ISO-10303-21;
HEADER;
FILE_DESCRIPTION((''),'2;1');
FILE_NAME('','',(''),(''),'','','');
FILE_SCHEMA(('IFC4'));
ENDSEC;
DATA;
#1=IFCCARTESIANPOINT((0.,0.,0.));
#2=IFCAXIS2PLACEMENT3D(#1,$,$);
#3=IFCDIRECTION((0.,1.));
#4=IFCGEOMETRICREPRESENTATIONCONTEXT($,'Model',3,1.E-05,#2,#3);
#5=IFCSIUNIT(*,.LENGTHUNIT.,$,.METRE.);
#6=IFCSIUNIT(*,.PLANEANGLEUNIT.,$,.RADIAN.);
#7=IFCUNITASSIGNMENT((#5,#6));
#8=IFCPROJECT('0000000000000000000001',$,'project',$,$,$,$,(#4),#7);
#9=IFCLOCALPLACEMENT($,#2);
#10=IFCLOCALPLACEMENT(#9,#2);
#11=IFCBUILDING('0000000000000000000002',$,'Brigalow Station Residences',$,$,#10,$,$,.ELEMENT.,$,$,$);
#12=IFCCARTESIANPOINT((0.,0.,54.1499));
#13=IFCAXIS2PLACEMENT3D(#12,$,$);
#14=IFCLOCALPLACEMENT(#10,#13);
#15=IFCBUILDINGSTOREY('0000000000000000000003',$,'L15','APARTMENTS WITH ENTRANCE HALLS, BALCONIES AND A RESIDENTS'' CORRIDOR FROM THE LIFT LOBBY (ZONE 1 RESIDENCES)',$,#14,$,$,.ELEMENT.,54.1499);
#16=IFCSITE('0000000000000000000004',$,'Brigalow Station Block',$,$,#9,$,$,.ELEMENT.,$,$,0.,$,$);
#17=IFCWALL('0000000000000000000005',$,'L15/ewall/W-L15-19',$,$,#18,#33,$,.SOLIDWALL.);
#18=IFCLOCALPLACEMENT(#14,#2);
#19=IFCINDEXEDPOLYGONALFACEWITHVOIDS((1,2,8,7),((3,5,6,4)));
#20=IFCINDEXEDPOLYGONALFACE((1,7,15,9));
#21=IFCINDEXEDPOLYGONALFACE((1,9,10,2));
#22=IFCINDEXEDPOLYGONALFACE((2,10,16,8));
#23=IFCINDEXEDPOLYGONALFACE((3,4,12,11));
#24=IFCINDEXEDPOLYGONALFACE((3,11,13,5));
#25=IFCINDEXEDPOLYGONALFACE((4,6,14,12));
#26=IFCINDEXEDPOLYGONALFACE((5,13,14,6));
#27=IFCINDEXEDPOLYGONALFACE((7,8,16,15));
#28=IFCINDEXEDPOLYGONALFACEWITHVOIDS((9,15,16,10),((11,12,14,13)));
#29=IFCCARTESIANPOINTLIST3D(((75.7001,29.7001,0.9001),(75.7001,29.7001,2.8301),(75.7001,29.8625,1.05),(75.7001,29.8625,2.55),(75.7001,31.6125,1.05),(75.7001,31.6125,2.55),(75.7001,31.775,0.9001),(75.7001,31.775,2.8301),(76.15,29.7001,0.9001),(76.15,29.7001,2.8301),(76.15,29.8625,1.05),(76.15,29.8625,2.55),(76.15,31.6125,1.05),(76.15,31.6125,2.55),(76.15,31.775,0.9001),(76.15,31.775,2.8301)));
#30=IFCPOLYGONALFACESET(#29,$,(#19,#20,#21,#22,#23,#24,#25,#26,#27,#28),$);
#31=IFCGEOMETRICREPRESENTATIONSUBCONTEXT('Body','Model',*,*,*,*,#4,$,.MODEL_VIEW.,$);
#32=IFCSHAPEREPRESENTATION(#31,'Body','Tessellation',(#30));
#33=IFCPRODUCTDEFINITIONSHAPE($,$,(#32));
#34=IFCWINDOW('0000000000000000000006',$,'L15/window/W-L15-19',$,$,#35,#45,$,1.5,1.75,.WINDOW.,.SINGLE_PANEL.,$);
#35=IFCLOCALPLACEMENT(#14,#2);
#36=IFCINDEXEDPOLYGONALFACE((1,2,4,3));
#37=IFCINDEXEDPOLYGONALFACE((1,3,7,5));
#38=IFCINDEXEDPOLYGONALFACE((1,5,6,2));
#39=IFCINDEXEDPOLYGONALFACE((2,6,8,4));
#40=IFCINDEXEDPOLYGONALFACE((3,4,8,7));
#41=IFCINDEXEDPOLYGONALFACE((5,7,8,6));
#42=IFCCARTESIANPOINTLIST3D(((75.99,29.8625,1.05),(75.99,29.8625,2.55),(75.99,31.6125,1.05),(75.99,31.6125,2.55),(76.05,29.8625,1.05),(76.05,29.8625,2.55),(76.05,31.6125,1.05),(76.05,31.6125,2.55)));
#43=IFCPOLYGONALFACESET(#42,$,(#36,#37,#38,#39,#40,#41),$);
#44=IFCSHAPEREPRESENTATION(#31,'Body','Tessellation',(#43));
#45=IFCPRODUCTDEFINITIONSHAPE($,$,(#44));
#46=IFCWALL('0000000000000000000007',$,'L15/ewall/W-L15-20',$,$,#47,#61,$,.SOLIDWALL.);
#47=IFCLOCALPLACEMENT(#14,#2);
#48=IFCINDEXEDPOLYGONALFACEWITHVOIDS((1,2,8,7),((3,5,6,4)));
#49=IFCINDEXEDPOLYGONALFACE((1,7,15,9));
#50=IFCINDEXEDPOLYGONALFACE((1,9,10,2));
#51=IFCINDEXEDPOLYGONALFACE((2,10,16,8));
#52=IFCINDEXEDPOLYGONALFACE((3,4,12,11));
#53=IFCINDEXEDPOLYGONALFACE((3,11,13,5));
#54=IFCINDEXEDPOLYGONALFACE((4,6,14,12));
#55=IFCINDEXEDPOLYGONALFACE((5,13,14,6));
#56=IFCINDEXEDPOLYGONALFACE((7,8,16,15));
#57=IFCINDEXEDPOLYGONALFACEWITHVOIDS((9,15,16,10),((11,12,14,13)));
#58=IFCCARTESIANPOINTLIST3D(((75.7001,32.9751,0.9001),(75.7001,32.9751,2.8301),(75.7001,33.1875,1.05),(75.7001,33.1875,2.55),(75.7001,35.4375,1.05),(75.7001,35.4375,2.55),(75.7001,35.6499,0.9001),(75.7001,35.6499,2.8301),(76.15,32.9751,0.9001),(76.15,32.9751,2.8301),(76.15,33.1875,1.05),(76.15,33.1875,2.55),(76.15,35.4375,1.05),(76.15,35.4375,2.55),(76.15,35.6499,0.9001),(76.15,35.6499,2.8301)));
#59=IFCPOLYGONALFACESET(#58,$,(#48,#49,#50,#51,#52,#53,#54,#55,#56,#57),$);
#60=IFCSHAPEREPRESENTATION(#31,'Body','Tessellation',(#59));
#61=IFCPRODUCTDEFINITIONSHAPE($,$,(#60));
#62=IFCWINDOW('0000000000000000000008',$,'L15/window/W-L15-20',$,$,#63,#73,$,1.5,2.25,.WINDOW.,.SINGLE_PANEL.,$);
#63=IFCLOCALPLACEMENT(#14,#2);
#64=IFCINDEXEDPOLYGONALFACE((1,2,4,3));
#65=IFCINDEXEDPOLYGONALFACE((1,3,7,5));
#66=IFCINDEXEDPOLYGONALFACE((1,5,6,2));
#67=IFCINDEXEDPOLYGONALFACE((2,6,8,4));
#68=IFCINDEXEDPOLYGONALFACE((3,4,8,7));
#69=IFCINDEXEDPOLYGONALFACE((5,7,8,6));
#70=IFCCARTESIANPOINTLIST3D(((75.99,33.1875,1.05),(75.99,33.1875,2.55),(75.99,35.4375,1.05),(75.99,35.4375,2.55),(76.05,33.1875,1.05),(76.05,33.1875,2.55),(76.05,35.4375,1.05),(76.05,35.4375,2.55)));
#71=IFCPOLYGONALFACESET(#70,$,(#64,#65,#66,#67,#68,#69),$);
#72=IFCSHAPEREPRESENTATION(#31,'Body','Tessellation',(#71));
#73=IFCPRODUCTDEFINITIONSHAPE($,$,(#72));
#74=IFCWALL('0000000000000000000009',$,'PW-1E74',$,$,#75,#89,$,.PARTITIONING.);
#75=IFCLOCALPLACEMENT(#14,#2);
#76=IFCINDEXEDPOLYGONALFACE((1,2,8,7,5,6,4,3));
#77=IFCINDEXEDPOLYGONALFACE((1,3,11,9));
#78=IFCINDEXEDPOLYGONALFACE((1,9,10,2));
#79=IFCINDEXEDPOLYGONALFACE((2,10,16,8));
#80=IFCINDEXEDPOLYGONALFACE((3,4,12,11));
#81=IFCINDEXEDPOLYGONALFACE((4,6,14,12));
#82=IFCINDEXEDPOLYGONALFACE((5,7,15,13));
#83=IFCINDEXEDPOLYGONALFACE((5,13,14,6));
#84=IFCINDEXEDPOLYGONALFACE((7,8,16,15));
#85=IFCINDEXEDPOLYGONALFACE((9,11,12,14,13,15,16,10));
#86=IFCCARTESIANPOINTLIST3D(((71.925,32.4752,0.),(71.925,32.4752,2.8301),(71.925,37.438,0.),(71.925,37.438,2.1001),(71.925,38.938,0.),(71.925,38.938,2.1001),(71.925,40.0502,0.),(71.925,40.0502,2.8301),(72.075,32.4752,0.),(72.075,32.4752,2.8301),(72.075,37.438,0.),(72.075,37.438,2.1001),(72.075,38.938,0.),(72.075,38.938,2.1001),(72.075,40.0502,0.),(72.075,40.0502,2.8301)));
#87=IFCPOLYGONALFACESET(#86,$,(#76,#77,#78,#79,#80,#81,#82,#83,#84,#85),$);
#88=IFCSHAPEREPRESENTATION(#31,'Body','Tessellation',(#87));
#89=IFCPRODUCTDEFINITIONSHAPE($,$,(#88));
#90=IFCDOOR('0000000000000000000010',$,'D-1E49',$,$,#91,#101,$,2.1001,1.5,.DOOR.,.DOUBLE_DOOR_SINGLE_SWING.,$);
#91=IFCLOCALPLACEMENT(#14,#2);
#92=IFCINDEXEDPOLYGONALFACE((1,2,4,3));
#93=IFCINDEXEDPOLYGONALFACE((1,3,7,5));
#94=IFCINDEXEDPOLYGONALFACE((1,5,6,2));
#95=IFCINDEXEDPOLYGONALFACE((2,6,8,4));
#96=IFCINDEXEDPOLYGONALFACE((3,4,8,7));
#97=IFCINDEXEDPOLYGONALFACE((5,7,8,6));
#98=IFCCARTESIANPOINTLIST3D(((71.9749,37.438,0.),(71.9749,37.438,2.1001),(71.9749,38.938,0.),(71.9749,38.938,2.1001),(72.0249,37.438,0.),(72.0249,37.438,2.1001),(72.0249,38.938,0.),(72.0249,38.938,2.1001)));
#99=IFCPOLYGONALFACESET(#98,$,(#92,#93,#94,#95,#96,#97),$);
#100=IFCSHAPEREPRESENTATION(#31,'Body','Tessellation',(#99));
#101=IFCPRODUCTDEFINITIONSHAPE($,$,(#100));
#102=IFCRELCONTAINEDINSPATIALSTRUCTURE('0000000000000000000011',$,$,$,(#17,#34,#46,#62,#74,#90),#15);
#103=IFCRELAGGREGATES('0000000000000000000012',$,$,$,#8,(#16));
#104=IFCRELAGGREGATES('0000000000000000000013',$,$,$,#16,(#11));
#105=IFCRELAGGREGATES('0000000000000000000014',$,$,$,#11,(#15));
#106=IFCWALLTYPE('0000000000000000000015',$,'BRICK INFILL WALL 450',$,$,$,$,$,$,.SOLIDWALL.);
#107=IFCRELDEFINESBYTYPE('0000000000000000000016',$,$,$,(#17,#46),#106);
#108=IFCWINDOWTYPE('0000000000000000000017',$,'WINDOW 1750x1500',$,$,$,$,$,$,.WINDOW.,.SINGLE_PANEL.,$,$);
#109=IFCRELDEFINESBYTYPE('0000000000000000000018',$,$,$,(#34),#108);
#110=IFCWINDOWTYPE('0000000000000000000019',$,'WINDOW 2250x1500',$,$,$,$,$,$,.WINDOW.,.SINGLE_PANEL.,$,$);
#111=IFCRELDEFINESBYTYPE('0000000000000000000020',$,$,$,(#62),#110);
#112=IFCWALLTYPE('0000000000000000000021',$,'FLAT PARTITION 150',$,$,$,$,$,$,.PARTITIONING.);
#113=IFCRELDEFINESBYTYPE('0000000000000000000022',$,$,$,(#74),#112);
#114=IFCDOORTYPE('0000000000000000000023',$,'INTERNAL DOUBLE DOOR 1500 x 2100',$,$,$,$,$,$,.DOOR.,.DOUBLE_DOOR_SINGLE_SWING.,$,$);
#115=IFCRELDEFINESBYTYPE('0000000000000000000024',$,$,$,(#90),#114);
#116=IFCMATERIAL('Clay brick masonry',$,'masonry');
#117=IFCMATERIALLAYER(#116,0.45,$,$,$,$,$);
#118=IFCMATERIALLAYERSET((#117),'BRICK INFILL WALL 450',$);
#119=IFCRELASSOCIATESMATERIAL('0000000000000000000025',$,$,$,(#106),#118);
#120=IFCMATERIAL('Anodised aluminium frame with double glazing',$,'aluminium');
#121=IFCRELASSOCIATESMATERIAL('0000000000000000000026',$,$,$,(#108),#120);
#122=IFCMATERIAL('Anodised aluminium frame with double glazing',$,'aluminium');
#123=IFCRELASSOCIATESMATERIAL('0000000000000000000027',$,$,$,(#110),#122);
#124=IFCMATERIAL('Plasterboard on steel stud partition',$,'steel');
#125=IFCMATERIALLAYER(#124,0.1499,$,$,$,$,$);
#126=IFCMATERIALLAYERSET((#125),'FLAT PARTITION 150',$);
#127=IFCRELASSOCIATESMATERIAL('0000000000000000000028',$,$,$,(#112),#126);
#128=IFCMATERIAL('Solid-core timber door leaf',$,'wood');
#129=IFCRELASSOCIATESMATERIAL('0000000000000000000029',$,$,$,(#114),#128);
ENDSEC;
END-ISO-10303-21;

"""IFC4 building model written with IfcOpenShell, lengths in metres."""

from ifc_helpers import new_model, si_unit, direction, frame, frame_2d, origin, place, context, subcontext, project, spatial, rectangle, extrude, material, layer, layer_set, type_object, element, fill, save


model = new_model("IFC4")

# Units and contexts
model_context = context("Model", 3, precision=1e-05, world=origin(), true_north=direction((0.0, 1.0)))
body_context = subcontext(model_context, "Body", "Model", "MODEL_VIEW")
ifc_project = project(units=[si_unit("LENGTHUNIT", "METRE"), si_unit("PLANEANGLEUNIT", "RADIAN")], contexts=[model_context])

# Site, building, storey
site_placement = place(None, origin())
site = spatial("IfcSite", under=ifc_project, at=site_placement, Name="Brigalow Station Block", CompositionType="ELEMENT", RefElevation=0.0)
building_placement = place(site_placement, origin())
building = spatial("IfcBuilding", under=site, at=building_placement, Name="Brigalow Station Residences", CompositionType="ELEMENT")
storey_placement = place(building_placement, frame((0.0, 0.0, 54.1499)))
storey = spatial("IfcBuildingStorey", under=building, at=storey_placement, Name="L15", Description="APARTMENTS WITH ENTRANCE HALLS, BALCONIES AND A RESIDENTS' CORRIDOR FROM THE LIFT LOBBY (ZONE 1 RESIDENCES)", CompositionType="ELEMENT", Elevation=54.1499)

# Shared definitions
ifc_material_1 = material(Name="Clay brick masonry", Category="masonry")
ifc_layer_1 = layer(ifc_material_1, 0.45)
ifc_layer_set_1 = layer_set([ifc_layer_1], Name="BRICK INFILL WALL 450")
wall_type_1 = type_object("IfcWallType", Name="BRICK INFILL WALL 450", PredefinedType="SOLIDWALL", material=ifc_layer_set_1)

# Walls, openings, windows
wall_1_placement = place(storey_placement, frame((75.925, 29.7, 0.9001), z_axis=(0.0, 0.0, 1.0), x_axis=(0.0, 1.0, 0.0)))
wall_1 = element("IfcWall", 1, at=wall_1_placement, inside=storey, type_object=wall_type_1, Name="L15/ewall/W-L15-19", PredefinedType="SOLIDWALL", context=body_context, shape_type="SweptSolid", body=[
    extrude(rectangle(XDim=2.075, YDim=0.45, at=frame_2d((1.0376, 0.0))), origin(), (0.0, 0.0, 1.0), 1.9299),
])
opening_1_placement = place(wall_1_placement, frame((0.1626, 0.0, 0.1499)))
opening_1 = element("IfcOpeningElement", 2, at=opening_1_placement, cuts=wall_1, PredefinedType="OPENING", context=body_context, shape_type="SweptSolid", body=[
    extrude(rectangle(XDim=1.75, YDim=1.5, at=frame_2d((0.875, 0.75))), frame((0.0, 0.2349, 0.0), z_axis=(0.0, -1.0, 0.0), x_axis=(1.0, 0.0, 0.0)), (0.0, 0.0, 1.0), 0.47),
])
ifc_material_2 = material(Name="Anodised aluminium frame with double glazing", Category="aluminium")
window_type_1 = type_object("IfcWindowType", Name="WINDOW 1750x1500", PartitioningType="SINGLE_PANEL", PredefinedType="WINDOW", material=ifc_material_2)
window_1_placement = place(opening_1_placement, origin())
window_1 = element("IfcWindow", 3, at=window_1_placement, inside=storey, type_object=window_type_1, Name="L15/window/W-L15-19", OverallHeight=1.5, OverallWidth=1.75, PartitioningType="SINGLE_PANEL", PredefinedType="WINDOW", context=body_context, shape_type="SweptSolid", body=[
    extrude(rectangle(XDim=1.75, YDim=1.5, at=frame_2d((0.875, 0.75))), frame((0.0, -0.0649, 0.0), z_axis=(0.0, -1.0, 0.0), x_axis=(1.0, 0.0, 0.0)), (0.0, 0.0, 1.0), 0.0601),
])
fill(opening_1, window_1)
wall_2_placement = place(storey_placement, frame((75.925, 32.9751, 0.9001), z_axis=(0.0, 0.0, 1.0), x_axis=(0.0, 1.0, 0.0)))
wall_2 = element("IfcWall", 4, at=wall_2_placement, inside=storey, type_object=wall_type_1, Name="L15/ewall/W-L15-20", PredefinedType="SOLIDWALL", context=body_context, shape_type="SweptSolid", body=[
    extrude(rectangle(XDim=2.6748, YDim=0.45, at=frame_2d((1.3374, 0.0))), origin(), (0.0, 0.0, 1.0), 1.9299),
])
opening_2_placement = place(wall_2_placement, frame((0.2124, 0.0, 0.1499)))
opening_2 = element("IfcOpeningElement", 5, at=opening_2_placement, cuts=wall_2, PredefinedType="OPENING", context=body_context, shape_type="SweptSolid", body=[
    extrude(rectangle(XDim=2.25, YDim=1.5, at=frame_2d((1.125, 0.75))), frame((0.0, 0.2349, 0.0), z_axis=(0.0, -1.0, 0.0), x_axis=(1.0, 0.0, 0.0)), (0.0, 0.0, 1.0), 0.47),
])
ifc_material_3 = material(Name="Anodised aluminium frame with double glazing", Category="aluminium")
window_type_2 = type_object("IfcWindowType", Name="WINDOW 2250x1500", PartitioningType="SINGLE_PANEL", PredefinedType="WINDOW", material=ifc_material_3)
window_2_placement = place(opening_2_placement, origin())
window_2 = element("IfcWindow", 6, at=window_2_placement, inside=storey, type_object=window_type_2, Name="L15/window/W-L15-20", OverallHeight=1.5, OverallWidth=2.25, PartitioningType="SINGLE_PANEL", PredefinedType="WINDOW", context=body_context, shape_type="SweptSolid", body=[
    extrude(rectangle(XDim=2.25, YDim=1.5, at=frame_2d((1.125, 0.75))), frame((0.0, -0.0649, 0.0), z_axis=(0.0, -1.0, 0.0), x_axis=(1.0, 0.0, 0.0)), (0.0, 0.0, 1.0), 0.0601),
])
fill(opening_2, window_2)

# Wall, opening, door
ifc_material_4 = material(Name="Plasterboard on steel stud partition", Category="steel")
ifc_layer_2 = layer(ifc_material_4, 0.1499)
ifc_layer_set_2 = layer_set([ifc_layer_2], Name="FLAT PARTITION 150")
wall_type_2 = type_object("IfcWallType", Name="FLAT PARTITION 150", PredefinedType="PARTITIONING", material=ifc_layer_set_2)
wall_3_placement = place(storey_placement, frame((72.0, 32.4751, 0.0), z_axis=(0.0, 0.0, 1.0), x_axis=(0.0, 1.0, 0.0)))
wall_3 = element("IfcWall", 7, at=wall_3_placement, inside=storey, type_object=wall_type_2, Name="PW-1E74", PredefinedType="PARTITIONING", context=body_context, shape_type="SweptSolid", body=[
    extrude(rectangle(XDim=7.575, YDim=0.1499, at=frame_2d((3.7876, 0.0))), origin(), (0.0, 0.0, 1.0), 2.8301),
])
opening_3_placement = place(wall_3_placement, frame((4.9629, 0.0, 0.0)))
opening_3 = element("IfcOpeningElement", 8, at=opening_3_placement, cuts=wall_3, PredefinedType="OPENING", context=body_context, shape_type="SweptSolid", body=[
    extrude(rectangle(XDim=1.5, YDim=2.1001, at=frame_2d((0.75, 1.05))), frame((0.0, 0.085, 0.0), z_axis=(0.0, -1.0, 0.0), x_axis=(1.0, 0.0, 0.0)), (0.0, 0.0, 1.0), 0.1699),
])
ifc_material_5 = material(Name="Solid-core timber door leaf", Category="wood")
door_type_1 = type_object("IfcDoorType", Name="INTERNAL DOUBLE DOOR 1500 x 2100", OperationType="DOUBLE_DOOR_SINGLE_SWING", PredefinedType="DOOR", material=ifc_material_5)
door_1_placement = place(opening_3_placement, frame((1.5, 0.0, 0.0), z_axis=(0.0, 0.0, 1.0), x_axis=(-1.0, 0.0, 0.0)))
door_1 = element("IfcDoor", 9, at=door_1_placement, inside=storey, type_object=door_type_1, Name="D-1E49", OperationType="DOUBLE_DOOR_SINGLE_SWING", OverallHeight=2.1001, OverallWidth=1.5, PredefinedType="DOOR", context=body_context, shape_type="SweptSolid", body=[
    extrude(rectangle(XDim=1.5, YDim=2.1001, at=frame_2d((0.75, 1.05))), frame((0.0, 0.0249, 0.0), z_axis=(0.0, -1.0, 0.0), x_axis=(1.0, 0.0, 0.0)), (0.0, 0.0, 1.0), 0.05),
])
fill(opening_3, door_1)

save(model, "model.ifc")
